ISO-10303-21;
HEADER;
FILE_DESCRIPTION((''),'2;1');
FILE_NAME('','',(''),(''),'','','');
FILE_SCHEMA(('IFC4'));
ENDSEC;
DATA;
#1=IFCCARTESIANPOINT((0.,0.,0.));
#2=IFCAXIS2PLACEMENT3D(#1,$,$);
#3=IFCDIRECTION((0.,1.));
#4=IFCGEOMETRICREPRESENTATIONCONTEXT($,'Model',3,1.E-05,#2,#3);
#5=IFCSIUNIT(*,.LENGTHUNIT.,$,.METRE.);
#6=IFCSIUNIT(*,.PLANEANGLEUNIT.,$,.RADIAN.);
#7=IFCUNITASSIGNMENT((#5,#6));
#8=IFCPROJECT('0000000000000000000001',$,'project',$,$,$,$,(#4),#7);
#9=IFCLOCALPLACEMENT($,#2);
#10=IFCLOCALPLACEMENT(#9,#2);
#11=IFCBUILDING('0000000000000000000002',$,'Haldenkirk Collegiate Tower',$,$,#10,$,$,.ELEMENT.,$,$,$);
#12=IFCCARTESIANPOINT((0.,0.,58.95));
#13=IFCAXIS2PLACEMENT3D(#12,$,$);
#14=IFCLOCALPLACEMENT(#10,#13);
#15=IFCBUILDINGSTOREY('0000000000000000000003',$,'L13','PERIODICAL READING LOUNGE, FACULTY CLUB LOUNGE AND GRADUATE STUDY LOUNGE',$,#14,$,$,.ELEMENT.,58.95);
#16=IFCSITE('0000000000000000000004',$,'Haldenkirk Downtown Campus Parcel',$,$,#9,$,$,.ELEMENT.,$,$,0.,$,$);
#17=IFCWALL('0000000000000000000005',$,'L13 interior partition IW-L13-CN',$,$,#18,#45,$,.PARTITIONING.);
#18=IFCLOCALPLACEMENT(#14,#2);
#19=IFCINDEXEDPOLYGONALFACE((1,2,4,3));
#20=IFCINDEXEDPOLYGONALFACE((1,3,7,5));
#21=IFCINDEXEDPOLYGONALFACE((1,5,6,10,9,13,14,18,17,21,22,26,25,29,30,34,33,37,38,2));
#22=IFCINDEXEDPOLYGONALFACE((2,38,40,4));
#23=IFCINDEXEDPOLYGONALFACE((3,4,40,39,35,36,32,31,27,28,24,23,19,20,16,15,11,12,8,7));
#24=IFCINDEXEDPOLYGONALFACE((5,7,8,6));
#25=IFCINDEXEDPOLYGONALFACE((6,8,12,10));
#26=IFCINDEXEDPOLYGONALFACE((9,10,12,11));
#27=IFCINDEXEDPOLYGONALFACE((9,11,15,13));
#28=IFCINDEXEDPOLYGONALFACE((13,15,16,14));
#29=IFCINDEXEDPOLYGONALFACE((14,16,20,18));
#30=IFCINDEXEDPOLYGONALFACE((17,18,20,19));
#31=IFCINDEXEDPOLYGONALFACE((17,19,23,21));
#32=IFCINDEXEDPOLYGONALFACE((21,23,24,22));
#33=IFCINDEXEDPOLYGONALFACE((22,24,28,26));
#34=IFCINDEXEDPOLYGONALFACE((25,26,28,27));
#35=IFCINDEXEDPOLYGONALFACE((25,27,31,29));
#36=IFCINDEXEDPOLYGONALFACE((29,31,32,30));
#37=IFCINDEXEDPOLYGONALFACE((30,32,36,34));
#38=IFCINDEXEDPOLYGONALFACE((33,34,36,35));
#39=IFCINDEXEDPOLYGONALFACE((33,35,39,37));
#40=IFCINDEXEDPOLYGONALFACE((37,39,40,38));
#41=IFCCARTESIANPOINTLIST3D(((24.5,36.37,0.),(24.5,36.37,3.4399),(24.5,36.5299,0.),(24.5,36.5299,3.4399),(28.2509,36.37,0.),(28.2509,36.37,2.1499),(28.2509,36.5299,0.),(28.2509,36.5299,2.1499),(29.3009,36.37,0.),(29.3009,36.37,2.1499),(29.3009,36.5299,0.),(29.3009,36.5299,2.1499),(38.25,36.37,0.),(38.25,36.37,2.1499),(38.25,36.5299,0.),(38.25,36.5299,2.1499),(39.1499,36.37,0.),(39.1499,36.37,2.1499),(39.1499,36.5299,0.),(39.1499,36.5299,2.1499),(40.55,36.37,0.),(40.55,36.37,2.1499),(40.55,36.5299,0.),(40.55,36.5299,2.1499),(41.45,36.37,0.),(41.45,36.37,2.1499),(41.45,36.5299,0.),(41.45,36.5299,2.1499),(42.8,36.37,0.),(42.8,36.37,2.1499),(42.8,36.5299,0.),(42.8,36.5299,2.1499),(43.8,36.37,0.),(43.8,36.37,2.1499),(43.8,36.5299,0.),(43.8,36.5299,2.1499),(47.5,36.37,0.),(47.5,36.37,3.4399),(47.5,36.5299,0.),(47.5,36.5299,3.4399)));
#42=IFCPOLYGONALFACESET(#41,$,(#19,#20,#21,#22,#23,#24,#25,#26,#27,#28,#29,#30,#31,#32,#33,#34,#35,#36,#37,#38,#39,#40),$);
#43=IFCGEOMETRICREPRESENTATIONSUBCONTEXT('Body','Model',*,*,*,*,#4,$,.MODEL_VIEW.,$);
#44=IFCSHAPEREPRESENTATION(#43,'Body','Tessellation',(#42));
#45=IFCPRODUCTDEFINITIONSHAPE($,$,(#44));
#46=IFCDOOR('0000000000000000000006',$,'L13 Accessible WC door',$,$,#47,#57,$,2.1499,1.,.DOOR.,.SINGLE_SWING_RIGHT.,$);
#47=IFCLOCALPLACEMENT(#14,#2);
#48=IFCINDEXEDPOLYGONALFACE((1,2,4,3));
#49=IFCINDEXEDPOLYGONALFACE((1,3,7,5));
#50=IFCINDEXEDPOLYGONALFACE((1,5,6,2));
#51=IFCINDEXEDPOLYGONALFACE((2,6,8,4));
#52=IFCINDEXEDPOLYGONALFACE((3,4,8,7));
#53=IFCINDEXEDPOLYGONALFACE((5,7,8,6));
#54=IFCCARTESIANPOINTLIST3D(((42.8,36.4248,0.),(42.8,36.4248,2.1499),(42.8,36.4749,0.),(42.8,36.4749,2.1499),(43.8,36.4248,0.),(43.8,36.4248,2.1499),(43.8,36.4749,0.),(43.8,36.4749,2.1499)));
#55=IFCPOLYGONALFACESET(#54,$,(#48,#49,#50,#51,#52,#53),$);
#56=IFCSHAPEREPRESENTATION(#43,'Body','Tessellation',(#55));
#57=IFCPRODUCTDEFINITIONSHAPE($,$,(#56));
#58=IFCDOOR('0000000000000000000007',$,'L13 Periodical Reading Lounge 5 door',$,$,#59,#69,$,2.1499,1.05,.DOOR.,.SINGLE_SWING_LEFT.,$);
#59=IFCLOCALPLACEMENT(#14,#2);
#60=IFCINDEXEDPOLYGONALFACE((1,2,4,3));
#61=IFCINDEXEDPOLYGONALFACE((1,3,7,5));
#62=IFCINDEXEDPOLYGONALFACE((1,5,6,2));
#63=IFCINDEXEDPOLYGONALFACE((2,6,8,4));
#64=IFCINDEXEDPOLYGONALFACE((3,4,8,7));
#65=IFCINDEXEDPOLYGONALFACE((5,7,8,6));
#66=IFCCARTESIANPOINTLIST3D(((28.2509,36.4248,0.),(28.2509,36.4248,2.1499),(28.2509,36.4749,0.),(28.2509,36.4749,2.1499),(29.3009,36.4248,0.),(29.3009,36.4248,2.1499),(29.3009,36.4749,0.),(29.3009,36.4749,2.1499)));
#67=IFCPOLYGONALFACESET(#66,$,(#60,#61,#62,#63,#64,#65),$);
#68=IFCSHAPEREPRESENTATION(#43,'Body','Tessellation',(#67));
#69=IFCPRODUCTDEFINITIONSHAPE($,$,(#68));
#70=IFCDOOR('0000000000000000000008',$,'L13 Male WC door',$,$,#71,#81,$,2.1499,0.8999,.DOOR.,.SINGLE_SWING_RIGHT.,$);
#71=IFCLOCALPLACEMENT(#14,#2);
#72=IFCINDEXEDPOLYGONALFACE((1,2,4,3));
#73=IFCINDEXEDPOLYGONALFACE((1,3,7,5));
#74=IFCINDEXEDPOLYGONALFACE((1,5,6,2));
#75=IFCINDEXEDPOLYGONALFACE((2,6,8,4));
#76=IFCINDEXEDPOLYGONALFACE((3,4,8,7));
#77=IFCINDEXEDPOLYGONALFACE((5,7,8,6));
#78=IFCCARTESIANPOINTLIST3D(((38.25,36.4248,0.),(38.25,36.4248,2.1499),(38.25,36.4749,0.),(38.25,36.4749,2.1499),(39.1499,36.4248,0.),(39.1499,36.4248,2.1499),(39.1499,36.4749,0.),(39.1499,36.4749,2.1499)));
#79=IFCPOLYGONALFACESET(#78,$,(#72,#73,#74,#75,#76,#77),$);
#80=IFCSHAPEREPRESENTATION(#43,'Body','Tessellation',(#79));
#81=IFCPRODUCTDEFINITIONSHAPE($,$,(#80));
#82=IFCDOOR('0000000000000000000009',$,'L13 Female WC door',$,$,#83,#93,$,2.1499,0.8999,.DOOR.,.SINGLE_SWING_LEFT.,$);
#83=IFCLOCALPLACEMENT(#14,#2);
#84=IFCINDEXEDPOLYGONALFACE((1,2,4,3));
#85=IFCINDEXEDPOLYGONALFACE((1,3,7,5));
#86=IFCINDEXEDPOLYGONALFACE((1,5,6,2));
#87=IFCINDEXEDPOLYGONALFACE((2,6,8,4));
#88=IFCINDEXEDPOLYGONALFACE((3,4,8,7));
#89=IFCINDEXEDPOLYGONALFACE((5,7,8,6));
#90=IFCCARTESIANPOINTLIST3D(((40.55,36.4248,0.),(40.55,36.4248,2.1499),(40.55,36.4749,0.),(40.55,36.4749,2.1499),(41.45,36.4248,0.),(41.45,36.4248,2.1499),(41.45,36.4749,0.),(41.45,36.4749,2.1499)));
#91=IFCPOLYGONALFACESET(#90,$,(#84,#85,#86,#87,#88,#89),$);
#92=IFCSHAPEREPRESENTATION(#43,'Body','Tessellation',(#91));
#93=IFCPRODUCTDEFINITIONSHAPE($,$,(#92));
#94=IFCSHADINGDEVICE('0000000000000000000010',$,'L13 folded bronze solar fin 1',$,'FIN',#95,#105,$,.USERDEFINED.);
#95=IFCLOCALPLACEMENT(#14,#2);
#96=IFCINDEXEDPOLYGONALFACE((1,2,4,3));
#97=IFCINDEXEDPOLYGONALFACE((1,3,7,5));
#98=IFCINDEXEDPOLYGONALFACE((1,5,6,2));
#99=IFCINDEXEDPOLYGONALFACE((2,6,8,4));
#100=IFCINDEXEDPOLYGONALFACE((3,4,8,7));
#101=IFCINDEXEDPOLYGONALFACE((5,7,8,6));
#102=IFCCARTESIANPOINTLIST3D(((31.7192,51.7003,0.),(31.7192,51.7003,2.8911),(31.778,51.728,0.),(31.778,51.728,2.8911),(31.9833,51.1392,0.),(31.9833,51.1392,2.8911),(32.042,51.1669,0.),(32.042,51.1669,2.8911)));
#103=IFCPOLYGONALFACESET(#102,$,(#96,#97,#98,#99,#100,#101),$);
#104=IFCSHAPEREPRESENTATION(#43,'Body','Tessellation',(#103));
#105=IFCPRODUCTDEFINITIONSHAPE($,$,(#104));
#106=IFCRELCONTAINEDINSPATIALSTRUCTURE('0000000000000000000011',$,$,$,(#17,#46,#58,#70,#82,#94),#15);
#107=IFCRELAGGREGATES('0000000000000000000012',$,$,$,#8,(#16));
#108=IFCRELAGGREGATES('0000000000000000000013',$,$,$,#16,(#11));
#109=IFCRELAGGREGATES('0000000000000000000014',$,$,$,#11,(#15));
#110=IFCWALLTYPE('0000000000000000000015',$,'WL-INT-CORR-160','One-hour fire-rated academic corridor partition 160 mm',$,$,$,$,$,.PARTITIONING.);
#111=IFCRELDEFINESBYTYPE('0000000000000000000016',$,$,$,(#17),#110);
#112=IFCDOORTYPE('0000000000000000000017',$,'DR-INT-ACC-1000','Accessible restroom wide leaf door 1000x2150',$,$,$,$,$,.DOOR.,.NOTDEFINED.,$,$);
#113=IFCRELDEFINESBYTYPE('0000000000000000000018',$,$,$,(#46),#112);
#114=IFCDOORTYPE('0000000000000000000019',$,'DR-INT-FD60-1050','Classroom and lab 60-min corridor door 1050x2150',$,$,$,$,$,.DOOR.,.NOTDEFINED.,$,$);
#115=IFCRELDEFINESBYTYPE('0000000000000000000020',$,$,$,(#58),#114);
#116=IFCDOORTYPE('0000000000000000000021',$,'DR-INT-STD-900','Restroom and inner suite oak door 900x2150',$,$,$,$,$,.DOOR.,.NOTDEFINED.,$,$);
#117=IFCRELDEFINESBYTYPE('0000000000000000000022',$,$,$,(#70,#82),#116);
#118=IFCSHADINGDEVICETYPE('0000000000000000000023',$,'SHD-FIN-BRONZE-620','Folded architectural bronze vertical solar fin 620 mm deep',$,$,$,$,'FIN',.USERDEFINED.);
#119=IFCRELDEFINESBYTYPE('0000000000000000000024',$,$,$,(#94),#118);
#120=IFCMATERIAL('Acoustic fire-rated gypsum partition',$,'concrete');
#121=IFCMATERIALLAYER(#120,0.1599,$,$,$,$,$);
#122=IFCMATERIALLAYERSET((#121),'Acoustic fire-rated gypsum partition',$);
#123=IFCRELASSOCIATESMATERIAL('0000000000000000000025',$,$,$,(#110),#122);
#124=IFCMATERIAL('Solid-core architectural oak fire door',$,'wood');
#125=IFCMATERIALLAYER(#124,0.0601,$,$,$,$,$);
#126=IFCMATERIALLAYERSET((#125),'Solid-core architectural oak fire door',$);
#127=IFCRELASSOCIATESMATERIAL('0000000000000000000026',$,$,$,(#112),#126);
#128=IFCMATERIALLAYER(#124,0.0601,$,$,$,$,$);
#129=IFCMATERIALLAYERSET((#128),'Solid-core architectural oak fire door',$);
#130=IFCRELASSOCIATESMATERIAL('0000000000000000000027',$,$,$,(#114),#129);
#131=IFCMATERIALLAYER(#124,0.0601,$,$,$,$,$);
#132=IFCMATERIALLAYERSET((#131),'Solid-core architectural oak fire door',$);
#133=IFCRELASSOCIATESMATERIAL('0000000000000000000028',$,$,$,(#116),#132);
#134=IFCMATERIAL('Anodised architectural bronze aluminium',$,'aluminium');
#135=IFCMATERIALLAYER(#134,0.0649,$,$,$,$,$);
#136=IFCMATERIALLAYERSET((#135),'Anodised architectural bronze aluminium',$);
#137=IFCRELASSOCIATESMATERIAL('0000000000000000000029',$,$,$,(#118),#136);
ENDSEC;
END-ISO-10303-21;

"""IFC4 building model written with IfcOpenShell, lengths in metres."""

from ifc_helpers import new_model, si_unit, direction, frame, frame_2d, origin, origin_2d, place, context, subcontext, project, spatial, rectangle, extrude, source, transform, mapped, material, layer, layer_set, type_object, element, fill, save


model = new_model("IFC4")

# Units and contexts
model_context = context("Model", 3, precision=1e-05, world=origin(), true_north=direction((0.0, 1.0)))
body_context = subcontext(model_context, "Body", "Model", "MODEL_VIEW")
ifc_project = project(units=[si_unit("LENGTHUNIT", "METRE"), si_unit("PLANEANGLEUNIT", "RADIAN")], contexts=[model_context])

# Site, building, storey
site_placement = place(None, origin())
site = spatial("IfcSite", under=ifc_project, at=site_placement, Name="Haldenkirk Downtown Campus Parcel", CompositionType="ELEMENT", RefElevation=0.0)
building_placement = place(site_placement, origin())
building = spatial("IfcBuilding", under=site, at=building_placement, Name="Haldenkirk Collegiate Tower", CompositionType="ELEMENT")
storey_placement = place(building_placement, frame((0.0, 0.0, 58.95)))
storey = spatial("IfcBuildingStorey", under=building, at=storey_placement, Name="L13", Description="PERIODICAL READING LOUNGE, FACULTY CLUB LOUNGE AND GRADUATE STUDY LOUNGE", CompositionType="ELEMENT", Elevation=58.95)

# Shared definitions
ifc_material_1 = material(Name="Anodised architectural bronze aluminium", Category="aluminium")

# Wall, openings, doors
ifc_material_2 = material(Name="Acoustic fire-rated gypsum partition", Category="concrete")
ifc_layer_1 = layer(ifc_material_2, 0.1599)
ifc_layer_set_1 = layer_set([ifc_layer_1], Name="Acoustic fire-rated gypsum partition")
wall_type = type_object("IfcWallType", Name="WL-INT-CORR-160", Description="One-hour fire-rated academic corridor partition 160 mm", PredefinedType="PARTITIONING", material=ifc_layer_set_1)
wall_placement = place(storey_placement, frame((24.5, 36.45, 0.0), z_axis=(0.0, 0.0, 1.0), x_axis=(1.0, 0.0, 0.0)))
wall = element("IfcWall", 1, at=wall_placement, inside=storey, type_object=wall_type, Name="L13 interior partition IW-L13-CN", PredefinedType="PARTITIONING", context=body_context, shape_type="SweptSolid", body=[
    extrude(rectangle(XDim=23.0, YDim=0.1599, at=frame_2d((11.5, 0.0))), origin(), (0.0, 0.0, 1.0), 3.4399),
])
opening_1_placement = place(wall_placement, frame((13.75, 0.0, 0.0)))
opening_1 = element("IfcOpeningElement", 2, at=opening_1_placement, cuts=wall, PredefinedType="OPENING", context=body_context, shape_type="SweptSolid", body=[
    extrude(rectangle(XDim=0.8999, YDim=2.1499, at=frame_2d((0.45, 1.075))), frame((0.0, 0.0898, 0.0), z_axis=(0.0, -1.0, 0.0), x_axis=(1.0, 0.0, 0.0)), (0.0, 0.0, 1.0), 0.1799),
])
opening_2_placement = place(wall_placement, frame((16.05, 0.0, 0.0)))
opening_2 = element("IfcOpeningElement", 3, at=opening_2_placement, cuts=wall, PredefinedType="OPENING", context=body_context, shape_type="SweptSolid", body=[
    extrude(rectangle(XDim=0.8999, YDim=2.1499, at=frame_2d((0.45, 1.075))), frame((0.0, 0.0898, 0.0), z_axis=(0.0, -1.0, 0.0), x_axis=(1.0, 0.0, 0.0)), (0.0, 0.0, 1.0), 0.1799),
])
opening_3_placement = place(wall_placement, frame((18.3, 0.0, 0.0)))
opening_3 = element("IfcOpeningElement", 4, at=opening_3_placement, cuts=wall, PredefinedType="OPENING", context=body_context, shape_type="SweptSolid", body=[
    extrude(rectangle(XDim=1.0, YDim=2.1499, at=frame_2d((0.5, 1.075))), frame((0.0, 0.0898, 0.0), z_axis=(0.0, -1.0, 0.0), x_axis=(1.0, 0.0, 0.0)), (0.0, 0.0, 1.0), 0.1799),
])
opening_4_placement = place(wall_placement, frame((3.751, 0.0, 0.0)))
opening_4 = element("IfcOpeningElement", 5, at=opening_4_placement, cuts=wall, PredefinedType="OPENING", context=body_context, shape_type="SweptSolid", body=[
    extrude(rectangle(XDim=1.05, YDim=2.1499, at=frame_2d((0.5249, 1.075))), frame((0.0, 0.0898, 0.0), z_axis=(0.0, -1.0, 0.0), x_axis=(1.0, 0.0, 0.0)), (0.0, 0.0, 1.0), 0.1799),
])
ifc_material_3 = material(Name="Solid-core architectural oak fire door", Category="wood")
ifc_layer_2 = layer(ifc_material_3, 0.0601)
ifc_layer_set_2 = layer_set([ifc_layer_2], Name="Solid-core architectural oak fire door")
door_type_1 = type_object("IfcDoorType", Name="DR-INT-ACC-1000", Description="Accessible restroom wide leaf door 1000x2150", OperationType="NOTDEFINED", PredefinedType="DOOR", material=ifc_layer_set_2)
door_1_placement = place(opening_3_placement, origin())
door_1 = element("IfcDoor", 6, at=door_1_placement, inside=storey, type_object=door_type_1, Name="L13 Accessible WC door", OperationType="SINGLE_SWING_RIGHT", OverallHeight=2.1499, OverallWidth=1.0, PredefinedType="DOOR", context=body_context, shape_type="SweptSolid", body=[
    extrude(rectangle(XDim=1.0, YDim=2.1499, at=frame_2d((0.5, 1.075))), frame((0.0, 0.0249, 0.0), z_axis=(0.0, -1.0, 0.0), x_axis=(1.0, 0.0, 0.0)), (0.0, 0.0, 1.0), 0.05),
])
fill(opening_3, door_1)
ifc_layer_3 = layer(ifc_material_3, 0.0601)
ifc_layer_set_3 = layer_set([ifc_layer_3], Name="Solid-core architectural oak fire door")
door_type_2 = type_object("IfcDoorType", Name="DR-INT-FD60-1050", Description="Classroom and lab 60-min corridor door 1050x2150", OperationType="NOTDEFINED", PredefinedType="DOOR", material=ifc_layer_set_3)
door_2_placement = place(opening_4_placement, origin())
door_2 = element("IfcDoor", 7, at=door_2_placement, inside=storey, type_object=door_type_2, Name="L13 Periodical Reading Lounge 5 door", OperationType="SINGLE_SWING_LEFT", OverallHeight=2.1499, OverallWidth=1.05, PredefinedType="DOOR", context=body_context, shape_type="SweptSolid", body=[
    extrude(rectangle(XDim=1.05, YDim=2.1499, at=frame_2d((0.5249, 1.075))), frame((0.0, 0.0249, 0.0), z_axis=(0.0, -1.0, 0.0), x_axis=(1.0, 0.0, 0.0)), (0.0, 0.0, 1.0), 0.05),
])
fill(opening_4, door_2)
ifc_layer_4 = layer(ifc_material_3, 0.0601)
ifc_layer_set_4 = layer_set([ifc_layer_4], Name="Solid-core architectural oak fire door")
door_type_3 = type_object("IfcDoorType", Name="DR-INT-STD-900", Description="Restroom and inner suite oak door 900x2150", OperationType="NOTDEFINED", PredefinedType="DOOR", material=ifc_layer_set_4)
door_3_placement = place(opening_1_placement, origin())
door_3 = element("IfcDoor", 8, at=door_3_placement, inside=storey, type_object=door_type_3, Name="L13 Male WC door", OperationType="SINGLE_SWING_RIGHT", OverallHeight=2.1499, OverallWidth=0.8999, PredefinedType="DOOR", context=body_context, shape_type="SweptSolid", body=[
    extrude(rectangle(XDim=0.8999, YDim=2.1499, at=frame_2d((0.45, 1.075))), frame((0.0, 0.0249, 0.0), z_axis=(0.0, -1.0, 0.0), x_axis=(1.0, 0.0, 0.0)), (0.0, 0.0, 1.0), 0.05),
])
fill(opening_1, door_3)
door_4_placement = place(opening_2_placement, origin())
door_4 = element("IfcDoor", 9, at=door_4_placement, inside=storey, type_object=door_type_3, Name="L13 Female WC door", OperationType="SINGLE_SWING_LEFT", OverallHeight=2.1499, OverallWidth=0.8999, PredefinedType="DOOR", context=body_context, shape_type="SweptSolid", body=[
    extrude(rectangle(XDim=0.8999, YDim=2.1499, at=frame_2d((0.45, 1.075))), frame((0.0, 0.0249, 0.0), z_axis=(0.0, -1.0, 0.0), x_axis=(1.0, 0.0, 0.0)), (0.0, 0.0, 1.0), 0.05),
])
fill(opening_2, door_4)

# Shading device
ifc_layer_5 = layer(ifc_material_1, 0.0649)
ifc_layer_set_5 = layer_set([ifc_layer_5], Name="Anodised architectural bronze aluminium")
shading_device_type = type_object("IfcShadingDeviceType", Name="SHD-FIN-BRONZE-620", Description="Folded architectural bronze vertical solar fin 620 mm deep", ElementType="FIN", PredefinedType="USERDEFINED", material=ifc_layer_set_5)
shared_shape_1 = source(origin(), body_context, "Body", "SweptSolid", [
    extrude(rectangle(XDim=0.6201, YDim=0.0649, at=origin_2d()), origin(), (0.0, 0.0, 1.0), 2.8911),
])
shading_device_placement = place(storey_placement, frame((31.8806, 51.4336, 0.0), z_axis=(0.0, 0.0, 1.0), x_axis=(-0.425779, 0.904827, 0.0)))
element("IfcShadingDevice", 10, at=shading_device_placement, inside=storey, type_object=shading_device_type, Name="L13 folded bronze solar fin 1", ObjectType="FIN", PredefinedType="USERDEFINED", context=body_context, shape_type="MappedRepresentation", body=[
    mapped(shared_shape_1, transform((0.0, 0.0, 0.0), x_axis=(1.0, 0.0, 0.0), y_axis=(0.0, 1.0, 0.0), z_axis=(0.0, 0.0, 1.0), scale=1.0)),
])

save(model, "model.ifc")
